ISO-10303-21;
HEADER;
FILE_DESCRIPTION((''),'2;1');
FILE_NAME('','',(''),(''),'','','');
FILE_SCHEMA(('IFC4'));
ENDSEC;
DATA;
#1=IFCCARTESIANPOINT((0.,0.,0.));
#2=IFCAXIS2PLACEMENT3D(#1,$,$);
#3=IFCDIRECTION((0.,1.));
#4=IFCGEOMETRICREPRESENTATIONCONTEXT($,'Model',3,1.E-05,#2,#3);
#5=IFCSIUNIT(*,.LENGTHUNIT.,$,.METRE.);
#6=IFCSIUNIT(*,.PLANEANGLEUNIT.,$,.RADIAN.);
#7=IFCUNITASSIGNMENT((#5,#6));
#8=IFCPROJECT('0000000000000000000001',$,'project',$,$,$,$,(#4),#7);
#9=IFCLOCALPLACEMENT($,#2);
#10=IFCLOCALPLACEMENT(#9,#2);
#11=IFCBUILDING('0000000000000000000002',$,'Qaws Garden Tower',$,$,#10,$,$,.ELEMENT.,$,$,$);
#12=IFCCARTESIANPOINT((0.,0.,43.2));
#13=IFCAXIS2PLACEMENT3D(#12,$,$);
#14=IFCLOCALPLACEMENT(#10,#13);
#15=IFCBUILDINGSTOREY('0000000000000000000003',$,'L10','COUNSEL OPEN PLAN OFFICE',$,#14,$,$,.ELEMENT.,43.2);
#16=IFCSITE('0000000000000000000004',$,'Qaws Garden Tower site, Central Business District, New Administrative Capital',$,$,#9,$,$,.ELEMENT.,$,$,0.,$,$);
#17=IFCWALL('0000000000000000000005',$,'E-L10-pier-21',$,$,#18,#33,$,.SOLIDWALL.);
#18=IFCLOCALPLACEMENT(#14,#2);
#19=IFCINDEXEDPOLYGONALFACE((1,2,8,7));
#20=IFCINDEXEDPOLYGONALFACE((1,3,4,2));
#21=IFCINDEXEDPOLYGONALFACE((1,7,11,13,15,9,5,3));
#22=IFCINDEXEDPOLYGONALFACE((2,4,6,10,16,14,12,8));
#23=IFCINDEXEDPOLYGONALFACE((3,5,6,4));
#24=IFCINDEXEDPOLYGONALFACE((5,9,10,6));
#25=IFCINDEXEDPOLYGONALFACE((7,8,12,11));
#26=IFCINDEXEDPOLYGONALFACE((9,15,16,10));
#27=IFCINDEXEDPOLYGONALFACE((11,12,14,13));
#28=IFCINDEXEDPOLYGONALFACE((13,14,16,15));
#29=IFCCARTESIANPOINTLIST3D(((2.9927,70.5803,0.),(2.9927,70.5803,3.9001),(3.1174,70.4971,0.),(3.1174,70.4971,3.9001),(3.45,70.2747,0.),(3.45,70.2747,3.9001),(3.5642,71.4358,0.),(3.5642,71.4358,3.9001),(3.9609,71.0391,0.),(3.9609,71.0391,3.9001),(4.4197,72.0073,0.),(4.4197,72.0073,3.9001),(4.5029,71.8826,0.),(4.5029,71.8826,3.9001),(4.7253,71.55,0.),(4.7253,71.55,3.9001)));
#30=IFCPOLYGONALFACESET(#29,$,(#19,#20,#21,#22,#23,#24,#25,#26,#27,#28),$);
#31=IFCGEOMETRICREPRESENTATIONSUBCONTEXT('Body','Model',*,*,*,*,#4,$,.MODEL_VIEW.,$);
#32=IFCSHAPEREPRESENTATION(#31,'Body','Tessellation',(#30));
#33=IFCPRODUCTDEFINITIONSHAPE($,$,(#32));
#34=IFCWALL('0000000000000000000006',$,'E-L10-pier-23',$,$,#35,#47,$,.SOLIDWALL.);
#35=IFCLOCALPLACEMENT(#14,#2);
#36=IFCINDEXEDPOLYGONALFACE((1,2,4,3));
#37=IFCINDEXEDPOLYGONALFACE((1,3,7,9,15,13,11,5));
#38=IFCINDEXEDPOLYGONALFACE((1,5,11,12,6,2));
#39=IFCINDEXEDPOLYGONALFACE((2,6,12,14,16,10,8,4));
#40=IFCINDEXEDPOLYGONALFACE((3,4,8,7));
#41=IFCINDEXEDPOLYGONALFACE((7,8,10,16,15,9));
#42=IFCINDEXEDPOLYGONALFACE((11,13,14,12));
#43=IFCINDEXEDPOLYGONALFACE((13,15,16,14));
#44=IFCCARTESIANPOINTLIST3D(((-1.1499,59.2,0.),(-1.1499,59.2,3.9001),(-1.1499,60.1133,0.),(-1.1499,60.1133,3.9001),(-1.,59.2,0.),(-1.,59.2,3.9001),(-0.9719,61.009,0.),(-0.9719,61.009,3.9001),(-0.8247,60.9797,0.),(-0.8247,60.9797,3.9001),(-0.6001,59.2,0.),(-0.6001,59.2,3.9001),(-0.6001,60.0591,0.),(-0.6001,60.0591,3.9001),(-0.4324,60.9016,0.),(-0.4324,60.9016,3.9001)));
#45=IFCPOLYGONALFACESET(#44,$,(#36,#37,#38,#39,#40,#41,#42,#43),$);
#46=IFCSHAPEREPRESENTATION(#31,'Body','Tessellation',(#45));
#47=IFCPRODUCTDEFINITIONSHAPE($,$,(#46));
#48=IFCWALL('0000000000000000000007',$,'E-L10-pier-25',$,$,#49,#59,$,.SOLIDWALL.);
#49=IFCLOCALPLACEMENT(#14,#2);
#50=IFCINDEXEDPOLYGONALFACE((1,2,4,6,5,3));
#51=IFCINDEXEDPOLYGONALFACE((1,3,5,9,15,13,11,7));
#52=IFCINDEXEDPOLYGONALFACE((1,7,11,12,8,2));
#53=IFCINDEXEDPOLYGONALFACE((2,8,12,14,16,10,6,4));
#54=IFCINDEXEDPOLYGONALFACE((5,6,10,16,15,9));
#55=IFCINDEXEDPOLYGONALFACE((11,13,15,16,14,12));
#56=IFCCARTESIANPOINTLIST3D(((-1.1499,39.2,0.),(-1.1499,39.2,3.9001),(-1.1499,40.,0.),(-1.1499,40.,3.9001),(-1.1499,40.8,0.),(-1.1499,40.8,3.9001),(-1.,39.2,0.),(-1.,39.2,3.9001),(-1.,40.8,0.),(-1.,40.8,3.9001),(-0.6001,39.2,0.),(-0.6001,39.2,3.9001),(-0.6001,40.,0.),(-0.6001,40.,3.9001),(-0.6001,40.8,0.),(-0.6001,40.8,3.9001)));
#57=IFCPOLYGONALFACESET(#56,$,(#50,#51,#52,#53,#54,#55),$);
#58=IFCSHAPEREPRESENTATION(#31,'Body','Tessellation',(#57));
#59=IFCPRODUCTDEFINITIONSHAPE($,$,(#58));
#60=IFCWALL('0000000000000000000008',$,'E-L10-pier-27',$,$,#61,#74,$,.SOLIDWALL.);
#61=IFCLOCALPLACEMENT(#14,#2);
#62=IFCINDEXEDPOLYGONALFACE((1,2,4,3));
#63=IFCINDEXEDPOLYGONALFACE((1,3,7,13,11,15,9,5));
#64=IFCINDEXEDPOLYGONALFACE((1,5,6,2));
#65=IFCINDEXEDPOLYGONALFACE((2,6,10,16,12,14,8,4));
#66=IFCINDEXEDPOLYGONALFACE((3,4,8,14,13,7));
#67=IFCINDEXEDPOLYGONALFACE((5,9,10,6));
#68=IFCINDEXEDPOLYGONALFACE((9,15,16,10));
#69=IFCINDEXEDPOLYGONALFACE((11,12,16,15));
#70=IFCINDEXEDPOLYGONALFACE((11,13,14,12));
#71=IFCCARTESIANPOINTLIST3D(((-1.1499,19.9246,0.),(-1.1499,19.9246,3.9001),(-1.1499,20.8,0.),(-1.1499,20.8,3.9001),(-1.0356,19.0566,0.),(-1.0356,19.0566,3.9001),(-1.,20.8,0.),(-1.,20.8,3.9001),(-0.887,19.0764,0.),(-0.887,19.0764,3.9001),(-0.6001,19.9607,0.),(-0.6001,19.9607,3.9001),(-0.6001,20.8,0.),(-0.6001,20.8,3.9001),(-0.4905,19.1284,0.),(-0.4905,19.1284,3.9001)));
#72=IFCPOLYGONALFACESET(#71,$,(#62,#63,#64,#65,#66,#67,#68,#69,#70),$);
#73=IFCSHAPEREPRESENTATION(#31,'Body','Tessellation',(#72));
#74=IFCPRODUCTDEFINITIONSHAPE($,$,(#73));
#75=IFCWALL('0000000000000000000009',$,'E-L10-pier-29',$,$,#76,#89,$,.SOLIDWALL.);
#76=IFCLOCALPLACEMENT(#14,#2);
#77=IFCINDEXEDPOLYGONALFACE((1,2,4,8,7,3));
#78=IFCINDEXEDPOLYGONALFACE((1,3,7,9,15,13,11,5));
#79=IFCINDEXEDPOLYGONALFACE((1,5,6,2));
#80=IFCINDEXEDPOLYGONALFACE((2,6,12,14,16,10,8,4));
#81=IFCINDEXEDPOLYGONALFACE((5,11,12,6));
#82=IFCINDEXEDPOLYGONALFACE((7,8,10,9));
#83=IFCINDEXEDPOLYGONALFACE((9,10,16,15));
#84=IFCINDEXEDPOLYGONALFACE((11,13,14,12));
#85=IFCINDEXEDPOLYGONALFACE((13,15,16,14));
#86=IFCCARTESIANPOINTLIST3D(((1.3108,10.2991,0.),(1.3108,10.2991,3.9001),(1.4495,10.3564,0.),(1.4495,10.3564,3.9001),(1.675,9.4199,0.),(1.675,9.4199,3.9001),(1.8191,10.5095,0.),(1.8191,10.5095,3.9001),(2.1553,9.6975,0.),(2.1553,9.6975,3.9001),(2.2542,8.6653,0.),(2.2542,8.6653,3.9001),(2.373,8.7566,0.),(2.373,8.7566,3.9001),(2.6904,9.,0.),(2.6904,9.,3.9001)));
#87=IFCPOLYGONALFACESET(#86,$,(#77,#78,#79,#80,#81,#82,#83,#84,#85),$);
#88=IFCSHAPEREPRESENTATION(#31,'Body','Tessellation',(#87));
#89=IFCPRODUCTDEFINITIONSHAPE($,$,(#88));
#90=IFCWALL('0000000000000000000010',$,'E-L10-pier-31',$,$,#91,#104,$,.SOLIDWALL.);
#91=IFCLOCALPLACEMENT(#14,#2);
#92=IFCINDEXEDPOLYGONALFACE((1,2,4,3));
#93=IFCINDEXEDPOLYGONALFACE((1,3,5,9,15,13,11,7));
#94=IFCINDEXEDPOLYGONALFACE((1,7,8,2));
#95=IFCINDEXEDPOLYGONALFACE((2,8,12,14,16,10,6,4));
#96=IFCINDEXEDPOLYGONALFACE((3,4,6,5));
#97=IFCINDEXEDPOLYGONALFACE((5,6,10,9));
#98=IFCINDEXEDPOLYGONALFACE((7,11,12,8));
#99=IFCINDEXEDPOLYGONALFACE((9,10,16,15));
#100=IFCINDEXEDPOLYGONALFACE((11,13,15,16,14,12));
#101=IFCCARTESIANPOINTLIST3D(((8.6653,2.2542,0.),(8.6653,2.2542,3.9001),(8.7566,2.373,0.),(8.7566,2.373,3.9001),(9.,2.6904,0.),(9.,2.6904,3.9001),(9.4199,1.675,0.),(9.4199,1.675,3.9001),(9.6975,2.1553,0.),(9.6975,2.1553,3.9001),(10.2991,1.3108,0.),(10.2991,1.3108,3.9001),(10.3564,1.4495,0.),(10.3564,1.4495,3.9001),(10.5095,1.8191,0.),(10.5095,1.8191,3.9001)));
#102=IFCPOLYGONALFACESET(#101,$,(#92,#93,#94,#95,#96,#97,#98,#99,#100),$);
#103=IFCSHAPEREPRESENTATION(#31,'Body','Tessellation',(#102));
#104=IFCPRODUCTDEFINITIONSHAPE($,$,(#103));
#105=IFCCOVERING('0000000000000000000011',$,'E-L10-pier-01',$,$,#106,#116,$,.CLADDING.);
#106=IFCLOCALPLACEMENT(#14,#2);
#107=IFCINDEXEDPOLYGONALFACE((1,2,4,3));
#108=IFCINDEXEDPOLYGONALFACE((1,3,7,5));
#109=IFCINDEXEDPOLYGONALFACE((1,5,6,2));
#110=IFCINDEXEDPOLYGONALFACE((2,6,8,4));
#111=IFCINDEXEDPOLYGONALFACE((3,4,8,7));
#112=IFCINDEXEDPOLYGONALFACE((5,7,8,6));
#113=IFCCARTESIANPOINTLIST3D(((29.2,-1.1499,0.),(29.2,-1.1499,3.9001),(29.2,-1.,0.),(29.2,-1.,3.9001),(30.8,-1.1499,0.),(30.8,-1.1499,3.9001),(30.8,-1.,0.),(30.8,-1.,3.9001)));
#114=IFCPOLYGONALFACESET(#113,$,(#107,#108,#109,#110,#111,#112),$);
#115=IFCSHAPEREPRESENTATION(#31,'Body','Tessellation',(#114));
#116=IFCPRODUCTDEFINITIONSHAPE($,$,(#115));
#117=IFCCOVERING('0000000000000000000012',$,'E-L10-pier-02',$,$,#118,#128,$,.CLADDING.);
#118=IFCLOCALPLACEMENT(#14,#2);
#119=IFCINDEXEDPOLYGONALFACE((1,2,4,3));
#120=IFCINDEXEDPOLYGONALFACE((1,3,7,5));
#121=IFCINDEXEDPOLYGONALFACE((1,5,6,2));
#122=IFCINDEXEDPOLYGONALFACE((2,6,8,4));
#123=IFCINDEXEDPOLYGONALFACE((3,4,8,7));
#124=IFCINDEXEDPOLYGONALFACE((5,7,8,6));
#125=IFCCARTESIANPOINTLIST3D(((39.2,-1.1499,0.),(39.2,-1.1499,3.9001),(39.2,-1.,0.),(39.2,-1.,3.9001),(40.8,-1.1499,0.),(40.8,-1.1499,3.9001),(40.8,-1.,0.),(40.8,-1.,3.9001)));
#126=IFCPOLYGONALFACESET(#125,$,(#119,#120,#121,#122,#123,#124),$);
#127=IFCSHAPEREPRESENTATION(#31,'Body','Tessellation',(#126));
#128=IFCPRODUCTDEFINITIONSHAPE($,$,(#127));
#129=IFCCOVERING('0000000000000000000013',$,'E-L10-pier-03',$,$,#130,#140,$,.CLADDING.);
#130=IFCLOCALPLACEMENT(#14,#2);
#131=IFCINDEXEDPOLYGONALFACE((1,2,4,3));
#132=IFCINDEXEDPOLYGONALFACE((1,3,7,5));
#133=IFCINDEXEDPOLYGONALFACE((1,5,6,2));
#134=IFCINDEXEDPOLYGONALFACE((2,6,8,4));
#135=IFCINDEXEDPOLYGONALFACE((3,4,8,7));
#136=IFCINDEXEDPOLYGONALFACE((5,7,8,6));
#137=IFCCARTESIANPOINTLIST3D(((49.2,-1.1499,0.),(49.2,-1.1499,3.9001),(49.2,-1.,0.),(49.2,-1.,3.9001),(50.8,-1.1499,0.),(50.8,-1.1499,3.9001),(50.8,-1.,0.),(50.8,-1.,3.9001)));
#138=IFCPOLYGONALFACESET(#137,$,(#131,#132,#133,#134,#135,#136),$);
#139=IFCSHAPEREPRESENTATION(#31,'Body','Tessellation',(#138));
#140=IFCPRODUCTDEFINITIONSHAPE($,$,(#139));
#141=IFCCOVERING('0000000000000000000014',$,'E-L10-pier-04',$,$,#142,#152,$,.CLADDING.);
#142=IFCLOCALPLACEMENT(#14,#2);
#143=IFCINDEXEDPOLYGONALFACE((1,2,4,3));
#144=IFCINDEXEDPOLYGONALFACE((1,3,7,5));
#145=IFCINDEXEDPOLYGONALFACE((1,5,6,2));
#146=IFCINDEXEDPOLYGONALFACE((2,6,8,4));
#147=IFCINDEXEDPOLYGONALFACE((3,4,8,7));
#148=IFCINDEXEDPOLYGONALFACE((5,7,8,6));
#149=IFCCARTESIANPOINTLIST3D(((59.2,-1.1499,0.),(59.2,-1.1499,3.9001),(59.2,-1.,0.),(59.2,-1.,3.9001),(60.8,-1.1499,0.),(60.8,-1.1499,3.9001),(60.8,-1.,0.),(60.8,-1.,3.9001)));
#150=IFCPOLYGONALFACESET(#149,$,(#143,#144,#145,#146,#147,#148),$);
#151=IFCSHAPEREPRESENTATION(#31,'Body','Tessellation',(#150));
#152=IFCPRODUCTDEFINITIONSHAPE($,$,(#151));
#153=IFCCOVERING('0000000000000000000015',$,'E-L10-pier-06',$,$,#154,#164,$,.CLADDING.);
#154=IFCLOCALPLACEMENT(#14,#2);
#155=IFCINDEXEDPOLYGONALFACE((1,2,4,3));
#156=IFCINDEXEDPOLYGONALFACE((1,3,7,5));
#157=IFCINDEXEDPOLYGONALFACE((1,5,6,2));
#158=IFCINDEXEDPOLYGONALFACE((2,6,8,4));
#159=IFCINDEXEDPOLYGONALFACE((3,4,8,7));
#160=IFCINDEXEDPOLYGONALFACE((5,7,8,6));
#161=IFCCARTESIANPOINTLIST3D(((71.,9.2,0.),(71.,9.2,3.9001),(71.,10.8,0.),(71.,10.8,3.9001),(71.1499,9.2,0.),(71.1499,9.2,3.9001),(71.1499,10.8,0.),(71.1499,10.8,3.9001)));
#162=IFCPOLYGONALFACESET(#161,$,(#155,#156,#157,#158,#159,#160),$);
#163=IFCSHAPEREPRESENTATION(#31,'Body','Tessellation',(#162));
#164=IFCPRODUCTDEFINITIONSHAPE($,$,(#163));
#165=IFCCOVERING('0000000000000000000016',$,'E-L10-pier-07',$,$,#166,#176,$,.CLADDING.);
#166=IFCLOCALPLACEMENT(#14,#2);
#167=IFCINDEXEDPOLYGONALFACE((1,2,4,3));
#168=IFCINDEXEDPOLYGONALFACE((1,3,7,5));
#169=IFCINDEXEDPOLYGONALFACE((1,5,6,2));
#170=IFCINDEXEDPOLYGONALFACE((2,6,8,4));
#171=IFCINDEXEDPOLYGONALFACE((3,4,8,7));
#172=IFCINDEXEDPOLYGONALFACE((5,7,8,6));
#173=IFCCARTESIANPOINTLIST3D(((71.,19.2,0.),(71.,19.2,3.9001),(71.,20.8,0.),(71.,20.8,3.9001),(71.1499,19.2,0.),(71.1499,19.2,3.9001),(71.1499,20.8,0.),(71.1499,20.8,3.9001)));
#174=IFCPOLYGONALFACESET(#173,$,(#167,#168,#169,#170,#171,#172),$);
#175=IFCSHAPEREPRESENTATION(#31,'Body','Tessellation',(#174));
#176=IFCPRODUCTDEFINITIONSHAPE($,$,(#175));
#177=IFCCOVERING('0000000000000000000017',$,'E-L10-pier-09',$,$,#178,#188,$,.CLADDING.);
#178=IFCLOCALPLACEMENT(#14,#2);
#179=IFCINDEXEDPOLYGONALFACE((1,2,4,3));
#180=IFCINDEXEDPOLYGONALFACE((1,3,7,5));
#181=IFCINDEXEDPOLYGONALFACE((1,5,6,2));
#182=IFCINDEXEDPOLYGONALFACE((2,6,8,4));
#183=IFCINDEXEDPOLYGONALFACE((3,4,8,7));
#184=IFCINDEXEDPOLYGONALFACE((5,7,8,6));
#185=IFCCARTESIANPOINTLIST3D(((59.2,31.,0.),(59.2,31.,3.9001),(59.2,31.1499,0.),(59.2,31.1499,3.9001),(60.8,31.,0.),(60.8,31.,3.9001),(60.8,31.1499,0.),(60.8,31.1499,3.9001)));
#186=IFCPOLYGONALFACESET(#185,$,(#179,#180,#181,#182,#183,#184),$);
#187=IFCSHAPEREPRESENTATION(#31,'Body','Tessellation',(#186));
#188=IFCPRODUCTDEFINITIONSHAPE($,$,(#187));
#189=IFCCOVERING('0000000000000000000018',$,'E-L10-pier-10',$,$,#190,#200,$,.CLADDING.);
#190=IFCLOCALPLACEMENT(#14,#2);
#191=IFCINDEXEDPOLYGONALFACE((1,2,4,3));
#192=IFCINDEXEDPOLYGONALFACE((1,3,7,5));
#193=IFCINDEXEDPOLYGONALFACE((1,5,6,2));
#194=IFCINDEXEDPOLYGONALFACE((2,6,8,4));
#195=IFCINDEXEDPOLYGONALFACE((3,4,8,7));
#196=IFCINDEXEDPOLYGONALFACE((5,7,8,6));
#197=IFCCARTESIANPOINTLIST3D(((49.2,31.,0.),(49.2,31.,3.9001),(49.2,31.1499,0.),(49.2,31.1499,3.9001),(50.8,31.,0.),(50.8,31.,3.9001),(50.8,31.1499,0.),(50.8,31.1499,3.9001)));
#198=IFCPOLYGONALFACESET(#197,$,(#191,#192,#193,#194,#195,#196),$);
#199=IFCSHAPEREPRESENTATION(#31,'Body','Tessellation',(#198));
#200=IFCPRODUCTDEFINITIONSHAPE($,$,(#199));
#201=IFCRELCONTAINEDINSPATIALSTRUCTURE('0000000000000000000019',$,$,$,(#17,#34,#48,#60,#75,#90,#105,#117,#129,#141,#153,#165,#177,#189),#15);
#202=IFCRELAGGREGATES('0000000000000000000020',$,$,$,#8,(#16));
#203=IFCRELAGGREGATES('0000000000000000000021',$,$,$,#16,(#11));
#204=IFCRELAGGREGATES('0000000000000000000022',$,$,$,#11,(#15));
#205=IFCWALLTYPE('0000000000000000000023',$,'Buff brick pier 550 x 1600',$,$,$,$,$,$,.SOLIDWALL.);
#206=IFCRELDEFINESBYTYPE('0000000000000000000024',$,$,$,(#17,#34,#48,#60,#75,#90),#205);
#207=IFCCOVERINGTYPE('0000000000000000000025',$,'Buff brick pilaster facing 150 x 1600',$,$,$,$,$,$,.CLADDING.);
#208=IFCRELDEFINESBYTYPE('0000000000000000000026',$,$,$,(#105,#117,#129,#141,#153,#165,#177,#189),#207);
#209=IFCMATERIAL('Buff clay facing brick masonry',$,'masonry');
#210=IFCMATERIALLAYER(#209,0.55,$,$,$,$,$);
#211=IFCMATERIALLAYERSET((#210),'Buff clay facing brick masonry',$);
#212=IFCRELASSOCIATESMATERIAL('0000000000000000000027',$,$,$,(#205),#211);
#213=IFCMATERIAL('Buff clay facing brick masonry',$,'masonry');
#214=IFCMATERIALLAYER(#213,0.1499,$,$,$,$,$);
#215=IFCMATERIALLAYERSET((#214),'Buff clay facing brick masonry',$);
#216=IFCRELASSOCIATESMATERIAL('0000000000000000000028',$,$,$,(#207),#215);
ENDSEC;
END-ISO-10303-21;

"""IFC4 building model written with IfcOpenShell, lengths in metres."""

from ifc_helpers import new_model, si_unit, direction, frame, origin, place, context, subcontext, project, spatial, polyline, outline, extrude, material, layer, layer_set, type_object, element, save


model = new_model("IFC4")

# Units and contexts
model_context = context("Model", 3, precision=1e-05, world=origin(), true_north=direction((0.0, 1.0)))
body_context = subcontext(model_context, "Body", "Model", "MODEL_VIEW")
ifc_project = project(units=[si_unit("LENGTHUNIT", "METRE"), si_unit("PLANEANGLEUNIT", "RADIAN")], contexts=[model_context])

# Site, building, storey
site_placement = place(None, origin())
site = spatial("IfcSite", under=ifc_project, at=site_placement, Name="Qaws Garden Tower site, Central Business District, New Administrative Capital", CompositionType="ELEMENT", RefElevation=0.0)
building_placement = place(site_placement, origin())
building = spatial("IfcBuilding", under=site, at=building_placement, Name="Qaws Garden Tower", CompositionType="ELEMENT")
storey_placement = place(building_placement, frame((0.0, 0.0, 43.2)))
storey = spatial("IfcBuildingStorey", under=building, at=storey_placement, Name="L10", Description="COUNSEL OPEN PLAN OFFICE", CompositionType="ELEMENT", Elevation=43.2)

# Walls
placement = place(storey_placement, origin())
ifc_material_1 = material(Name="Buff clay facing brick masonry", Category="masonry")
ifc_layer_1 = layer(ifc_material_1, 0.55)
ifc_layer_set_1 = layer_set([ifc_layer_1], Name="Buff clay facing brick masonry")
wall_type_1 = type_object("IfcWallType", Name="Buff brick pier 550 x 1600", PredefinedType="SOLIDWALL", material=ifc_layer_set_1)
element("IfcWall", 1, at=placement, inside=storey, type_object=wall_type_1, Name="E-L10-pier-21", PredefinedType="SOLIDWALL", context=body_context, shape_type="SweptSolid", body=[
    extrude(outline(polyline([(4.5029, 71.8826), (4.4197, 72.0073), (3.5642, 71.4358), (2.9927, 70.5803), (3.1174, 70.4971), (3.45, 70.2747), (3.9609, 71.0391), (4.7253, 71.55), (4.5029, 71.8826)])), origin(), (0.0, 0.0, 1.0), 3.9001),
])
element("IfcWall", 2, at=placement, inside=storey, type_object=wall_type_1, Name="E-L10-pier-23", PredefinedType="SOLIDWALL", context=body_context, shape_type="SweptSolid", body=[
    extrude(outline(polyline([(-0.8247, 60.9797), (-0.9719, 61.009), (-1.1499, 60.1133), (-1.1499, 59.2), (-1.0, 59.2), (-0.6001, 59.2), (-0.6001, 60.0591), (-0.4324, 60.9016), (-0.8247, 60.9797)])), origin(), (0.0, 0.0, 1.0), 3.9001),
])
element("IfcWall", 3, at=placement, inside=storey, type_object=wall_type_1, Name="E-L10-pier-25", PredefinedType="SOLIDWALL", context=body_context, shape_type="SweptSolid", body=[
    extrude(outline(polyline([(-1.0, 40.8), (-1.1499, 40.8), (-1.1499, 40.0), (-1.1499, 39.2), (-1.0, 39.2), (-0.6001, 39.2), (-0.6001, 40.0), (-0.6001, 40.8), (-1.0, 40.8)])), origin(), (0.0, 0.0, 1.0), 3.9001),
])
element("IfcWall", 4, at=placement, inside=storey, type_object=wall_type_1, Name="E-L10-pier-27", PredefinedType="SOLIDWALL", context=body_context, shape_type="SweptSolid", body=[
    extrude(outline(polyline([(-1.0, 20.8), (-1.1499, 20.8), (-1.1499, 19.9246), (-1.0356, 19.0566), (-0.887, 19.0764), (-0.4905, 19.1284), (-0.6001, 19.9607), (-0.6001, 20.8), (-1.0, 20.8)])), origin(), (0.0, 0.0, 1.0), 3.9001),
])
element("IfcWall", 5, at=placement, inside=storey, type_object=wall_type_1, Name="E-L10-pier-29", PredefinedType="SOLIDWALL", context=body_context, shape_type="SweptSolid", body=[
    extrude(outline(polyline([(1.4495, 10.3564), (1.3108, 10.2991), (1.675, 9.4199), (2.2542, 8.6653), (2.373, 8.7566), (2.6904, 9.0), (2.1553, 9.6975), (1.8191, 10.5095), (1.4495, 10.3564)])), origin(), (0.0, 0.0, 1.0), 3.9001),
])
element("IfcWall", 6, at=placement, inside=storey, type_object=wall_type_1, Name="E-L10-pier-31", PredefinedType="SOLIDWALL", context=body_context, shape_type="SweptSolid", body=[
    extrude(outline(polyline([(8.7566, 2.373), (8.6653, 2.2542), (9.4199, 1.675), (10.2991, 1.3108), (10.3564, 1.4495), (10.5095, 1.8191), (9.6975, 2.1553), (9.0, 2.6904), (8.7566, 2.373)])), origin(), (0.0, 0.0, 1.0), 3.9001),
])

# Coverings
ifc_material_2 = material(Name="Buff clay facing brick masonry", Category="masonry")
ifc_layer_2 = layer(ifc_material_2, 0.1499)
ifc_layer_set_2 = layer_set([ifc_layer_2], Name="Buff clay facing brick masonry")
covering_type = type_object("IfcCoveringType", Name="Buff brick pilaster facing 150 x 1600", PredefinedType="CLADDING", material=ifc_layer_set_2)
element("IfcCovering", 7, at=placement, inside=storey, type_object=covering_type, Name="E-L10-pier-01", PredefinedType="CLADDING", context=body_context, shape_type="SweptSolid", body=[
    extrude(outline(polyline([(29.2, -1.0), (30.8, -1.0), (30.8, -1.1499), (29.2, -1.1499), (29.2, -1.0)])), origin(), (0.0, 0.0, 1.0), 3.9001),
])
element("IfcCovering", 8, at=placement, inside=storey, type_object=covering_type, Name="E-L10-pier-02", PredefinedType="CLADDING", context=body_context, shape_type="SweptSolid", body=[
    extrude(outline(polyline([(39.2, -1.0), (40.8, -1.0), (40.8, -1.1499), (39.2, -1.1499), (39.2, -1.0)])), origin(), (0.0, 0.0, 1.0), 3.9001),
])
element("IfcCovering", 9, at=placement, inside=storey, type_object=covering_type, Name="E-L10-pier-03", PredefinedType="CLADDING", context=body_context, shape_type="SweptSolid", body=[
    extrude(outline(polyline([(49.2, -1.0), (50.8, -1.0), (50.8, -1.1499), (49.2, -1.1499), (49.2, -1.0)])), origin(), (0.0, 0.0, 1.0), 3.9001),
])
element("IfcCovering", 10, at=placement, inside=storey, type_object=covering_type, Name="E-L10-pier-04", PredefinedType="CLADDING", context=body_context, shape_type="SweptSolid", body=[
    extrude(outline(polyline([(59.2, -1.0), (60.8, -1.0), (60.8, -1.1499), (59.2, -1.1499), (59.2, -1.0)])), origin(), (0.0, 0.0, 1.0), 3.9001),
])
element("IfcCovering", 11, at=placement, inside=storey, type_object=covering_type, Name="E-L10-pier-06", PredefinedType="CLADDING", context=body_context, shape_type="SweptSolid", body=[
    extrude(outline(polyline([(71.0, 9.2), (71.0, 10.8), (71.1499, 10.8), (71.1499, 9.2), (71.0, 9.2)])), origin(), (0.0, 0.0, 1.0), 3.9001),
])
element("IfcCovering", 12, at=placement, inside=storey, type_object=covering_type, Name="E-L10-pier-07", PredefinedType="CLADDING", context=body_context, shape_type="SweptSolid", body=[
    extrude(outline(polyline([(71.0, 19.2), (71.0, 20.8), (71.1499, 20.8), (71.1499, 19.2), (71.0, 19.2)])), origin(), (0.0, 0.0, 1.0), 3.9001),
])
element("IfcCovering", 13, at=placement, inside=storey, type_object=covering_type, Name="E-L10-pier-09", PredefinedType="CLADDING", context=body_context, shape_type="SweptSolid", body=[
    extrude(outline(polyline([(60.8, 31.0), (59.2, 31.0), (59.2, 31.1499), (60.8, 31.1499), (60.8, 31.0)])), origin(), (0.0, 0.0, 1.0), 3.9001),
])
element("IfcCovering", 14, at=placement, inside=storey, type_object=covering_type, Name="E-L10-pier-10", PredefinedType="CLADDING", context=body_context, shape_type="SweptSolid", body=[
    extrude(outline(polyline([(50.8, 31.0), (49.2, 31.0), (49.2, 31.1499), (50.8, 31.1499), (50.8, 31.0)])), origin(), (0.0, 0.0, 1.0), 3.9001),
])

save(model, "model.ifc")
